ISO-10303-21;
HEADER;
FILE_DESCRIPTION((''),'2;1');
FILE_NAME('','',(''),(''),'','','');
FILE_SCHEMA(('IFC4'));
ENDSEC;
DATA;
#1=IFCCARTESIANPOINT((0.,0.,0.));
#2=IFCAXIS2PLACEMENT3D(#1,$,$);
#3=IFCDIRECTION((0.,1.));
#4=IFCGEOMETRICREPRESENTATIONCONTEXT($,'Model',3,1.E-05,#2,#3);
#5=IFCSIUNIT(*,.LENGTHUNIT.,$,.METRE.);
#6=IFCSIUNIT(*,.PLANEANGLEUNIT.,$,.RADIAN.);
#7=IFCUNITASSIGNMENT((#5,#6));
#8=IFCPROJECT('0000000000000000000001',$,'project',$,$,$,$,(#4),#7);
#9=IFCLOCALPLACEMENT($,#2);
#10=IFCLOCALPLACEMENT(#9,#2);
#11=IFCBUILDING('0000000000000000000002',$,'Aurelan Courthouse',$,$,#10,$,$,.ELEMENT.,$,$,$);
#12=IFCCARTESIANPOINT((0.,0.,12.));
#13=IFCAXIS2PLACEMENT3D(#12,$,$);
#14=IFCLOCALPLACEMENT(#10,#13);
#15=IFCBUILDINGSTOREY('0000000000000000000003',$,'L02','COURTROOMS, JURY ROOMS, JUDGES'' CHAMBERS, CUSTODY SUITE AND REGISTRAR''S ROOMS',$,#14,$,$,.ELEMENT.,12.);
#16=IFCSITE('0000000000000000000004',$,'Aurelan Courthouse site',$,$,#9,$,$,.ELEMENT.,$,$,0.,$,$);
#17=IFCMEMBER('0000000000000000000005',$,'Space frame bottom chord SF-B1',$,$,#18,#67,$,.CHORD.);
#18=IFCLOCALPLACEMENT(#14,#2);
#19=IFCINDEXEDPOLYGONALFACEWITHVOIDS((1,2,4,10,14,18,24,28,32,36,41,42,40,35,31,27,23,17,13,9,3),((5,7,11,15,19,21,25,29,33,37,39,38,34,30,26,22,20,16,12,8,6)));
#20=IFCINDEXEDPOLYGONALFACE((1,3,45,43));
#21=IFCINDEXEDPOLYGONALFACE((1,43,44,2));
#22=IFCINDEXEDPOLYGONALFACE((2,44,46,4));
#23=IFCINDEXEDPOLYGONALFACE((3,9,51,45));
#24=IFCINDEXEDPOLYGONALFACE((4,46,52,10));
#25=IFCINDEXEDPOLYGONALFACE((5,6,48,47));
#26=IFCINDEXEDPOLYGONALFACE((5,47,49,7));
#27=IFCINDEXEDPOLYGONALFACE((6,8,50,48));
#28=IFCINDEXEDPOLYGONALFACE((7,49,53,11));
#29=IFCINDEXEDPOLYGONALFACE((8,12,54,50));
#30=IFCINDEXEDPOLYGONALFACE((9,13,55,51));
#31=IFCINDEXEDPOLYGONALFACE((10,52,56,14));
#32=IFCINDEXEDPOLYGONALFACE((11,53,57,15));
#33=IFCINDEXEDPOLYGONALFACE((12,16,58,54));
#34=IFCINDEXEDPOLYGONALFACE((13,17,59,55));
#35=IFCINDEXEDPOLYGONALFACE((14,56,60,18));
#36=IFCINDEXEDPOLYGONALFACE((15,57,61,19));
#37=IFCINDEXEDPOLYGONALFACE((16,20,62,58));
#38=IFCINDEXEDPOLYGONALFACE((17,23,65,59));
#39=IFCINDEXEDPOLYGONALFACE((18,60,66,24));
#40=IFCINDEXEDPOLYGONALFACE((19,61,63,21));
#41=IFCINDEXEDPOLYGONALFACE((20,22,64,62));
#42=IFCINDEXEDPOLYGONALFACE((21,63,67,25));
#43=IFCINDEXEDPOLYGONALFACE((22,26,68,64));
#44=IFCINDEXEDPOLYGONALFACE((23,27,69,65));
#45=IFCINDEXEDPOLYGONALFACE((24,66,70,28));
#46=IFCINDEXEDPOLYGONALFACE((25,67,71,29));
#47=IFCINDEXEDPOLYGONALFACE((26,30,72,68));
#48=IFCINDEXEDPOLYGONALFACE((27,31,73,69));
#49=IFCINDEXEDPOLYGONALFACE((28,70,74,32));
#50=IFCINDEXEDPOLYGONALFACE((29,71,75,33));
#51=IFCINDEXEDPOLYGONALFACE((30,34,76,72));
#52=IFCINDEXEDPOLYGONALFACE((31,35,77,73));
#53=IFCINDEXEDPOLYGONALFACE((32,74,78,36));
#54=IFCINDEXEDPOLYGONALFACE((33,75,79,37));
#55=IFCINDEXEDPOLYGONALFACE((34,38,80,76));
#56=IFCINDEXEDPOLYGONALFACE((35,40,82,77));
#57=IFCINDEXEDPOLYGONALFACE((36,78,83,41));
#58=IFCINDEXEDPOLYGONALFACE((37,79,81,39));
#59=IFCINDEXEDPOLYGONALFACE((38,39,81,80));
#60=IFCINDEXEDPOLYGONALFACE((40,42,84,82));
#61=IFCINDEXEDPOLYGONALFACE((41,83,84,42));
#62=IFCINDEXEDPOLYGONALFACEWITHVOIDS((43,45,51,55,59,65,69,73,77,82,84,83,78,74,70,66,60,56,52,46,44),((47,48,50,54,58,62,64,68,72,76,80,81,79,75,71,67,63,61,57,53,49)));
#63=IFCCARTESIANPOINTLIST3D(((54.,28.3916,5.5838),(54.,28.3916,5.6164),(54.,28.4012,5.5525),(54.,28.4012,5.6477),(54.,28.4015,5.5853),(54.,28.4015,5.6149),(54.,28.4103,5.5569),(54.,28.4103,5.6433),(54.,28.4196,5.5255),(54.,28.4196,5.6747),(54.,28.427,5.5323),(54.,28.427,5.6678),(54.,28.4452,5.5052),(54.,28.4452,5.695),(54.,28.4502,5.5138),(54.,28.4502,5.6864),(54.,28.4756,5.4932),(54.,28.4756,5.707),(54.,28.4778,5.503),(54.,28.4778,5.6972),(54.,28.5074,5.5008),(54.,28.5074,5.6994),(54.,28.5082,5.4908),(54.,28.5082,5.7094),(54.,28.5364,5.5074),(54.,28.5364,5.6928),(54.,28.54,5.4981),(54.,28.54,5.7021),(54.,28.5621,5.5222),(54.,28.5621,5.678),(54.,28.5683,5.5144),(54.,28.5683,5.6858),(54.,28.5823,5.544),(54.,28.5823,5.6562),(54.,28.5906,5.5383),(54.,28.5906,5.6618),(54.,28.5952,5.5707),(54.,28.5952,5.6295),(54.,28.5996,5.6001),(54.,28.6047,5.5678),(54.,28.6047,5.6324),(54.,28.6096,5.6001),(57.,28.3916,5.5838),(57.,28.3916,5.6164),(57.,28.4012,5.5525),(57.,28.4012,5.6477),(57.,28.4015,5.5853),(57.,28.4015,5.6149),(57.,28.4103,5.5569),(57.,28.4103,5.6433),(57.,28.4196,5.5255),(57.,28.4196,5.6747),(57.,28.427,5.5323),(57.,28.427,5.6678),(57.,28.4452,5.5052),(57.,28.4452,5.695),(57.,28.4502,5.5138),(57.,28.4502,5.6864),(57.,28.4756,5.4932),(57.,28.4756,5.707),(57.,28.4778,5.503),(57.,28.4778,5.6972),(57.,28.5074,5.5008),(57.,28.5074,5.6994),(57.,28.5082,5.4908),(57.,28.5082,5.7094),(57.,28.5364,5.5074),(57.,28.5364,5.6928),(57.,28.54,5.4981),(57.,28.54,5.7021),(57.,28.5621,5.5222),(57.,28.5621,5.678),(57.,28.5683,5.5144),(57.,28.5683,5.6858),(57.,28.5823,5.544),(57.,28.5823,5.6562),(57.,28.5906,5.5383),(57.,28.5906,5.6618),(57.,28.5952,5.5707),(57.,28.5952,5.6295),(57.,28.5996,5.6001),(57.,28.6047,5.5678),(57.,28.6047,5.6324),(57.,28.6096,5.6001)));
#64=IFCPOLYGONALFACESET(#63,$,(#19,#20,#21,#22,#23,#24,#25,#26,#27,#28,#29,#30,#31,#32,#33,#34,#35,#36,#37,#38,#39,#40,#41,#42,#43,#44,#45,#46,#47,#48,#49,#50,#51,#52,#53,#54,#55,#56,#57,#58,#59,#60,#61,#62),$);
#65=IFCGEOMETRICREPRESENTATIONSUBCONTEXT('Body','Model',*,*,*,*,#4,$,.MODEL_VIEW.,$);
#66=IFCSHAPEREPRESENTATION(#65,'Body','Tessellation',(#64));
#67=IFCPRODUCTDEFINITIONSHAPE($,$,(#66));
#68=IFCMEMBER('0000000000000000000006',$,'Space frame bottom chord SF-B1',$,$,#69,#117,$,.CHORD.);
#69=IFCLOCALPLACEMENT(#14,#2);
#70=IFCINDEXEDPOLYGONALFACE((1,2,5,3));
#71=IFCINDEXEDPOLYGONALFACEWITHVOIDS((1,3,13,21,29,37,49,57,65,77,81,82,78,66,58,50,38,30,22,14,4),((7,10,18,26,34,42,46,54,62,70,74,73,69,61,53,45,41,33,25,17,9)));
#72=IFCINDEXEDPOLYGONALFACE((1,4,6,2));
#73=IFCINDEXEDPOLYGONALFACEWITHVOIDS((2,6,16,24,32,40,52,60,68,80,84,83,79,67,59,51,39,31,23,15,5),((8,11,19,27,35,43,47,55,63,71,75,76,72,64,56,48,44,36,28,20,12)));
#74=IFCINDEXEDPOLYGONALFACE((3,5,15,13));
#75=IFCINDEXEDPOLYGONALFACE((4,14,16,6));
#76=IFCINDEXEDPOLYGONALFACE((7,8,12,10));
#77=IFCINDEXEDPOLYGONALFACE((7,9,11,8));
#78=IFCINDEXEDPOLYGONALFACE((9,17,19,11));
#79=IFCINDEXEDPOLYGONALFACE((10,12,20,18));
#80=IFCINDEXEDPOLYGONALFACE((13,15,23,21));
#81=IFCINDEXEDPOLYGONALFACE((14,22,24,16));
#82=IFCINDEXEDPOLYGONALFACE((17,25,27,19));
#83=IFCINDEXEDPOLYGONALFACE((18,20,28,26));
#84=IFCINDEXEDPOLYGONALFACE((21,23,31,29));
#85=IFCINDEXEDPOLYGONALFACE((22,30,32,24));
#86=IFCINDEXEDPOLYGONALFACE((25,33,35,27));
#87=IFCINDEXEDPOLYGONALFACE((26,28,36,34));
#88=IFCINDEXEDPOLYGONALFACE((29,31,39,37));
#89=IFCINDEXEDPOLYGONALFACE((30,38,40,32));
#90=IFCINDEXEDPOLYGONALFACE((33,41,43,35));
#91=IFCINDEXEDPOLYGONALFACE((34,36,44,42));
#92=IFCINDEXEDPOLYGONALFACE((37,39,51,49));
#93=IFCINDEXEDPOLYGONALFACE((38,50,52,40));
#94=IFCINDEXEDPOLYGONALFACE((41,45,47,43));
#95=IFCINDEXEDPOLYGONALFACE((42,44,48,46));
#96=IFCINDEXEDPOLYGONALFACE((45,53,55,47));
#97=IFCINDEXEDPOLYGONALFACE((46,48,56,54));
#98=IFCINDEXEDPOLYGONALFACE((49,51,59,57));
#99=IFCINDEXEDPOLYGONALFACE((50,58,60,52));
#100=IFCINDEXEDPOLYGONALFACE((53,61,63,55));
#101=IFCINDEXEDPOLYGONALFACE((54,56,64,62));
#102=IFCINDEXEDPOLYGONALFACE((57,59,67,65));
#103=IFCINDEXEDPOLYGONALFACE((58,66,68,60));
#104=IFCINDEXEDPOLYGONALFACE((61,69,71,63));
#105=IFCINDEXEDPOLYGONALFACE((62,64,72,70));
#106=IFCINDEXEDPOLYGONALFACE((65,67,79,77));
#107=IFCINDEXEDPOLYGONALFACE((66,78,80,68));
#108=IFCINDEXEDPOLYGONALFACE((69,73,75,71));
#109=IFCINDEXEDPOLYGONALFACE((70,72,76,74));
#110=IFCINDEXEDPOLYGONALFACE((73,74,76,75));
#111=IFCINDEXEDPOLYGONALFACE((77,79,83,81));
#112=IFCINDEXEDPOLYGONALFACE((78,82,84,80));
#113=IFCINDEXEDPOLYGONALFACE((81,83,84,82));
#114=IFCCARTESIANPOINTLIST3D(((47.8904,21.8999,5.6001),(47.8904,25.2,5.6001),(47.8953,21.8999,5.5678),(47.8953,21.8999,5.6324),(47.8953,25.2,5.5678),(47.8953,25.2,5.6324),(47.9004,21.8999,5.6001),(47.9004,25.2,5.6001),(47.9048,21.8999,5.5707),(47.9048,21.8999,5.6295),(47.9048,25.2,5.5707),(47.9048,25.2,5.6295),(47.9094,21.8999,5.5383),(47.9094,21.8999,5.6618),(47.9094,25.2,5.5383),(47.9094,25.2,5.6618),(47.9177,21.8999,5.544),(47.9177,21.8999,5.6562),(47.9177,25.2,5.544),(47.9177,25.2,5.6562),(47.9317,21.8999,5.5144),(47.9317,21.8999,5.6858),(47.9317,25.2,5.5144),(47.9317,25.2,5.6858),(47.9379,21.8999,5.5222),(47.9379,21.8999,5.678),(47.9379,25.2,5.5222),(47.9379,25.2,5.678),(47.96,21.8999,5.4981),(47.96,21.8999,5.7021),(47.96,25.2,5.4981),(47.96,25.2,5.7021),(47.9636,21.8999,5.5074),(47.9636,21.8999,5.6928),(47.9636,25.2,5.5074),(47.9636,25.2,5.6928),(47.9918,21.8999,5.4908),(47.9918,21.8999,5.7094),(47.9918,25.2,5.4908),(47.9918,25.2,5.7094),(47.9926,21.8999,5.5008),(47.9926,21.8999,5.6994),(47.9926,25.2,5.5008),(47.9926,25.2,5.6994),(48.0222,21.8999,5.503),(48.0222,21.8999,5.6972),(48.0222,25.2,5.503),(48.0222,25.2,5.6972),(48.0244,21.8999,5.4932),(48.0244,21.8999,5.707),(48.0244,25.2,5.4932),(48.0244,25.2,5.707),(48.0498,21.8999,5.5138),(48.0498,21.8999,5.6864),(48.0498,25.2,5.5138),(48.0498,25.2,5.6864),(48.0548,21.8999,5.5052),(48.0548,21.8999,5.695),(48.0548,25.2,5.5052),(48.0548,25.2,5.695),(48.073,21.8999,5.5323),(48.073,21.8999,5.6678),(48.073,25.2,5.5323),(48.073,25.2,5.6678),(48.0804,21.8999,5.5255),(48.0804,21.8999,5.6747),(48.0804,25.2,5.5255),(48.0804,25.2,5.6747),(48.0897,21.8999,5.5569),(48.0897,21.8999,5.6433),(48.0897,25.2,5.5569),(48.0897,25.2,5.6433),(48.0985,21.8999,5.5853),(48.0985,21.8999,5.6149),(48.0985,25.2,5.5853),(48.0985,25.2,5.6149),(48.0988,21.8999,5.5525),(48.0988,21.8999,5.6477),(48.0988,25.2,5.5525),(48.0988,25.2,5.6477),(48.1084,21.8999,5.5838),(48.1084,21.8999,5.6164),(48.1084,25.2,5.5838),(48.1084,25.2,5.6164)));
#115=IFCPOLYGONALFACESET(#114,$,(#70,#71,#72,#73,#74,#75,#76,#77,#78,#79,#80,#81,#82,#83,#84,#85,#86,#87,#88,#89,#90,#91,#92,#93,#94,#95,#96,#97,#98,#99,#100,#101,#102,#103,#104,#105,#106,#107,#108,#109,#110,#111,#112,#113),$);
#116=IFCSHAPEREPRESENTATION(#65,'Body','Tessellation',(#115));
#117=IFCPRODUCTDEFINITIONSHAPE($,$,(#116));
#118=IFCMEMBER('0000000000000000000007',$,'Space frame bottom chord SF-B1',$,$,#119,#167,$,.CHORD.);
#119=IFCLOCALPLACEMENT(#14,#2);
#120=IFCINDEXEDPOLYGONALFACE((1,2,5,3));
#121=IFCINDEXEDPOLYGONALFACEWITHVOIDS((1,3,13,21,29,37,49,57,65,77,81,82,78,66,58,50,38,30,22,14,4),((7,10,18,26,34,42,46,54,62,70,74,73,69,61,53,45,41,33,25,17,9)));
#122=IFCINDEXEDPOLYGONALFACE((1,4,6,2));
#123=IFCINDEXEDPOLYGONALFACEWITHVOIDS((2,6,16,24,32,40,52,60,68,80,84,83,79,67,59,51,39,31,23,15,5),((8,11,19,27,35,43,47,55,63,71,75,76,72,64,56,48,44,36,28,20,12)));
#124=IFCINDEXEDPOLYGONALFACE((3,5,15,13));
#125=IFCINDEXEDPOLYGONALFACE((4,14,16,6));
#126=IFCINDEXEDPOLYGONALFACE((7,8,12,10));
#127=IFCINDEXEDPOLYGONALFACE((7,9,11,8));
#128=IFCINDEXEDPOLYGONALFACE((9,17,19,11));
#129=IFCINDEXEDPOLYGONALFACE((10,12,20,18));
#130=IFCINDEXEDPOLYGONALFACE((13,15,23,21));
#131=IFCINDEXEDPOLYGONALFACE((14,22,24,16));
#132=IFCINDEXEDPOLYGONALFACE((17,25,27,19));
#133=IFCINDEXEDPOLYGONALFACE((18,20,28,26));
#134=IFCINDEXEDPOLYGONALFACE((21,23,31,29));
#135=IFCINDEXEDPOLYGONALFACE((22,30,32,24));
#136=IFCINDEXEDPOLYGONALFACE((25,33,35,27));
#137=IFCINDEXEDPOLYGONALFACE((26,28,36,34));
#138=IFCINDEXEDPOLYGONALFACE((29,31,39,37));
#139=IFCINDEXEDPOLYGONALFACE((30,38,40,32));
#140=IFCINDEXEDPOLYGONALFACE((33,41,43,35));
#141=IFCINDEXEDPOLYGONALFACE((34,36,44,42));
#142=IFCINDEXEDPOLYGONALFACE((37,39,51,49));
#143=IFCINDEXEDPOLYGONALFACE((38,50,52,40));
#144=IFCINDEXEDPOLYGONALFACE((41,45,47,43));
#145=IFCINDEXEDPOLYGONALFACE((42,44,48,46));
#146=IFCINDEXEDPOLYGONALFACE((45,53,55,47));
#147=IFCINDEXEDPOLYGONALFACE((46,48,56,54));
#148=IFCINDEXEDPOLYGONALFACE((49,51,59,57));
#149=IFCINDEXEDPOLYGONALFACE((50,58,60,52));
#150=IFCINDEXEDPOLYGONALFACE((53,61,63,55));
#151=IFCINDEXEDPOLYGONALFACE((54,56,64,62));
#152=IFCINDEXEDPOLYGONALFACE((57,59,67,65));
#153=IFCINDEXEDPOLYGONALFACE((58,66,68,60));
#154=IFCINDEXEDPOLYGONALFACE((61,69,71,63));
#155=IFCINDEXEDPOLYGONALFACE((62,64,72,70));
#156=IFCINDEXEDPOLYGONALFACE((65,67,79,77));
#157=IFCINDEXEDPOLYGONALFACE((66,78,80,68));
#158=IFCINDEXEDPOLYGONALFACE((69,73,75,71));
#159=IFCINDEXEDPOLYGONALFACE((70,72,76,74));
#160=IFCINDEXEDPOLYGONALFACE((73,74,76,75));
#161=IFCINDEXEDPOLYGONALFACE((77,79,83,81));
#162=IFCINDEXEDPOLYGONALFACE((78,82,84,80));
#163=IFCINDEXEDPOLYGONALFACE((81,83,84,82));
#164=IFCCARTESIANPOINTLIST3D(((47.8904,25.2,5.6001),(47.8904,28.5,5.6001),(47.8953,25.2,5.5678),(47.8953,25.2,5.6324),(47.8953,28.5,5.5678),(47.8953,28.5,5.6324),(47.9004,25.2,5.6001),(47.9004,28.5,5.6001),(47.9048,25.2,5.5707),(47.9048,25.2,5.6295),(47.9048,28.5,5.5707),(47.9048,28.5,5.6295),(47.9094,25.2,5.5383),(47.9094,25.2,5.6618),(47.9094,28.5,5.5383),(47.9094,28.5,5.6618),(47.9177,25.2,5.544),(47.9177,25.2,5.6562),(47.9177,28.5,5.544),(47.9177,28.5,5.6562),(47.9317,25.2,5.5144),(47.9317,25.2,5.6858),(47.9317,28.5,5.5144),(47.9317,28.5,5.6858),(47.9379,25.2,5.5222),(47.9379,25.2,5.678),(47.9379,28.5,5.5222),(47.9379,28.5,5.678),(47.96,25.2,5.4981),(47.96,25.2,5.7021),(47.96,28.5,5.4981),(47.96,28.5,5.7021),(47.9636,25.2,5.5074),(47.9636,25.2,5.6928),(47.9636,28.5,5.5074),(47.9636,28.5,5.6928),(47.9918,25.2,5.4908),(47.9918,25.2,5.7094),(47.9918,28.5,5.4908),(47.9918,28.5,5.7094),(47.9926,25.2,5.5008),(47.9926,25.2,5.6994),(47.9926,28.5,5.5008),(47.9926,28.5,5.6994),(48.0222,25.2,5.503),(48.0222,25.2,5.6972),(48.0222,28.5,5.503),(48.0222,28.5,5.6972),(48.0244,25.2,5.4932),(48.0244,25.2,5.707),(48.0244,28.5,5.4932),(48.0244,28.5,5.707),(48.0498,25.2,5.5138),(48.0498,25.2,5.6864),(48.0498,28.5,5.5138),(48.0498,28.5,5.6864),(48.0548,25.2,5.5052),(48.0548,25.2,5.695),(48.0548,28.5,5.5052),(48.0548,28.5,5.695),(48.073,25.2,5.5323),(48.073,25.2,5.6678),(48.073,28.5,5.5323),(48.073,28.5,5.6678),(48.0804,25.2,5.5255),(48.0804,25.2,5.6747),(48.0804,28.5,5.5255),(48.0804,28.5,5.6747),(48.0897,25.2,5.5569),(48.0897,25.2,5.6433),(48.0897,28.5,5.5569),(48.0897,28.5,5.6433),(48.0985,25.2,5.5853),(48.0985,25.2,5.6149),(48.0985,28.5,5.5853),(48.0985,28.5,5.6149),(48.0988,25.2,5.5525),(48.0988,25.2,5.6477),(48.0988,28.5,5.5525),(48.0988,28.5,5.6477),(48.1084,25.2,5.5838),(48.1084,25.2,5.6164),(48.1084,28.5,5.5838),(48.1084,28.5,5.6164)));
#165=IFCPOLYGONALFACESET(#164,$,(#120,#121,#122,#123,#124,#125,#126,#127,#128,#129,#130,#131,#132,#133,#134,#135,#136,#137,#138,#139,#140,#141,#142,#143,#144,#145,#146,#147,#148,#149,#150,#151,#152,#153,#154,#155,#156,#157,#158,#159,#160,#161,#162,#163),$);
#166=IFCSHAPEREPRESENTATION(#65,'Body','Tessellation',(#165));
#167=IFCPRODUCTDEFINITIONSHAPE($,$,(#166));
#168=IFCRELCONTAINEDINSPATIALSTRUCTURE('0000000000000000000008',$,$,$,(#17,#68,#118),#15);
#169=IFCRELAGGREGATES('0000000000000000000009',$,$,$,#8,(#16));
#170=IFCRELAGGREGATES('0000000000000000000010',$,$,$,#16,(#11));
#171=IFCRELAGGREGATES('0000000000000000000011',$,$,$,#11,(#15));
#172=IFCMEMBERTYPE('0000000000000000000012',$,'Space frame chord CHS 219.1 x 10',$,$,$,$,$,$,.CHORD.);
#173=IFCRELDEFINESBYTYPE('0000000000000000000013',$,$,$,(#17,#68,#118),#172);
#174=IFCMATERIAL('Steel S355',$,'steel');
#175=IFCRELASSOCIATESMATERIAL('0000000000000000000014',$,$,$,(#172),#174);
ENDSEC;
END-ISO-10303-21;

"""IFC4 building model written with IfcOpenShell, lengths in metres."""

from ifc_helpers import new_model, si_unit, direction, frame, origin, origin_2d, place, context, subcontext, project, spatial, hollow_circle, extrude, material, material_profile, profile_set, type_object, element, save


model = new_model("IFC4")

# Units and contexts
model_context = context("Model", 3, precision=1e-05, world=origin(), true_north=direction((0.0, 1.0)))
body_context = subcontext(model_context, "Body", "Model", "MODEL_VIEW")
ifc_project = project(units=[si_unit("LENGTHUNIT", "METRE"), si_unit("PLANEANGLEUNIT", "RADIAN")], contexts=[model_context])

# Site, building, storey
site_placement = place(None, origin())
site = spatial("IfcSite", under=ifc_project, at=site_placement, Name="Aurelan Courthouse site", CompositionType="ELEMENT", RefElevation=0.0)
building_placement = place(site_placement, origin())
building = spatial("IfcBuilding", under=site, at=building_placement, Name="Aurelan Courthouse", CompositionType="ELEMENT")
storey_placement = place(building_placement, frame((0.0, 0.0, 12.0)))
storey = spatial("IfcBuildingStorey", under=building, at=storey_placement, Name="L02", Description="COURTROOMS, JURY ROOMS, JUDGES' CHAMBERS, CUSTODY SUITE AND REGISTRAR'S ROOMS", CompositionType="ELEMENT", Elevation=12.0)

# Shared definitions
ifc_material_1 = material(Name="Steel S355", Category="steel")

# Members
ifc_material_profile_1 = material_profile(ifc_material_1, hollow_circle(Radius=0.1096, WallThickness=0.01, at=origin_2d()), Name="CHS 219.1 x 10")
ifc_profile_set_1 = profile_set([ifc_material_profile_1], Name="Steel S355")
member_type_1 = type_object("IfcMemberType", Name="Space frame chord CHS 219.1 x 10", PredefinedType="CHORD", material=ifc_profile_set_1)
for number, where, z_axis, x_axis, name in (
    (1, (54.0, 28.5, 5.6001), (1.0, 0.0, 0.0), (0.0, 1.0, 0.0), "Space frame bottom chord SF-B1"),
):
    element("IfcMember", number, at=place(storey_placement, frame(where, z_axis=z_axis, x_axis=x_axis)), inside=storey, type_object=member_type_1, Name=name, PredefinedType="CHORD", context=body_context, shape_type="SweptSolid", body=[
        extrude(hollow_circle(Radius=0.1096, WallThickness=0.01, at=origin_2d()), origin(), (0.0, 0.0, 1.0), 3.0),
    ])
for number, where, z_axis, x_axis, name in (
    (2, (48.0, 21.8999, 5.6001), (0.0, 1.0, 0.0), (-1.0, 0.0, 0.0), "Space frame bottom chord SF-B1"),
    (3, (48.0, 25.2, 5.6001), (0.0, 1.0, 0.0), (-1.0, 0.0, 0.0), "Space frame bottom chord SF-B1"),
):
    element("IfcMember", number, at=place(storey_placement, frame(where, z_axis=z_axis, x_axis=x_axis)), inside=storey, type_object=member_type_1, Name=name, PredefinedType="CHORD", context=body_context, shape_type="SweptSolid", body=[
        extrude(hollow_circle(Radius=0.1096, WallThickness=0.01, at=origin_2d()), origin(), (0.0, 0.0, 1.0), 3.3),
    ])

save(model, "model.ifc")
